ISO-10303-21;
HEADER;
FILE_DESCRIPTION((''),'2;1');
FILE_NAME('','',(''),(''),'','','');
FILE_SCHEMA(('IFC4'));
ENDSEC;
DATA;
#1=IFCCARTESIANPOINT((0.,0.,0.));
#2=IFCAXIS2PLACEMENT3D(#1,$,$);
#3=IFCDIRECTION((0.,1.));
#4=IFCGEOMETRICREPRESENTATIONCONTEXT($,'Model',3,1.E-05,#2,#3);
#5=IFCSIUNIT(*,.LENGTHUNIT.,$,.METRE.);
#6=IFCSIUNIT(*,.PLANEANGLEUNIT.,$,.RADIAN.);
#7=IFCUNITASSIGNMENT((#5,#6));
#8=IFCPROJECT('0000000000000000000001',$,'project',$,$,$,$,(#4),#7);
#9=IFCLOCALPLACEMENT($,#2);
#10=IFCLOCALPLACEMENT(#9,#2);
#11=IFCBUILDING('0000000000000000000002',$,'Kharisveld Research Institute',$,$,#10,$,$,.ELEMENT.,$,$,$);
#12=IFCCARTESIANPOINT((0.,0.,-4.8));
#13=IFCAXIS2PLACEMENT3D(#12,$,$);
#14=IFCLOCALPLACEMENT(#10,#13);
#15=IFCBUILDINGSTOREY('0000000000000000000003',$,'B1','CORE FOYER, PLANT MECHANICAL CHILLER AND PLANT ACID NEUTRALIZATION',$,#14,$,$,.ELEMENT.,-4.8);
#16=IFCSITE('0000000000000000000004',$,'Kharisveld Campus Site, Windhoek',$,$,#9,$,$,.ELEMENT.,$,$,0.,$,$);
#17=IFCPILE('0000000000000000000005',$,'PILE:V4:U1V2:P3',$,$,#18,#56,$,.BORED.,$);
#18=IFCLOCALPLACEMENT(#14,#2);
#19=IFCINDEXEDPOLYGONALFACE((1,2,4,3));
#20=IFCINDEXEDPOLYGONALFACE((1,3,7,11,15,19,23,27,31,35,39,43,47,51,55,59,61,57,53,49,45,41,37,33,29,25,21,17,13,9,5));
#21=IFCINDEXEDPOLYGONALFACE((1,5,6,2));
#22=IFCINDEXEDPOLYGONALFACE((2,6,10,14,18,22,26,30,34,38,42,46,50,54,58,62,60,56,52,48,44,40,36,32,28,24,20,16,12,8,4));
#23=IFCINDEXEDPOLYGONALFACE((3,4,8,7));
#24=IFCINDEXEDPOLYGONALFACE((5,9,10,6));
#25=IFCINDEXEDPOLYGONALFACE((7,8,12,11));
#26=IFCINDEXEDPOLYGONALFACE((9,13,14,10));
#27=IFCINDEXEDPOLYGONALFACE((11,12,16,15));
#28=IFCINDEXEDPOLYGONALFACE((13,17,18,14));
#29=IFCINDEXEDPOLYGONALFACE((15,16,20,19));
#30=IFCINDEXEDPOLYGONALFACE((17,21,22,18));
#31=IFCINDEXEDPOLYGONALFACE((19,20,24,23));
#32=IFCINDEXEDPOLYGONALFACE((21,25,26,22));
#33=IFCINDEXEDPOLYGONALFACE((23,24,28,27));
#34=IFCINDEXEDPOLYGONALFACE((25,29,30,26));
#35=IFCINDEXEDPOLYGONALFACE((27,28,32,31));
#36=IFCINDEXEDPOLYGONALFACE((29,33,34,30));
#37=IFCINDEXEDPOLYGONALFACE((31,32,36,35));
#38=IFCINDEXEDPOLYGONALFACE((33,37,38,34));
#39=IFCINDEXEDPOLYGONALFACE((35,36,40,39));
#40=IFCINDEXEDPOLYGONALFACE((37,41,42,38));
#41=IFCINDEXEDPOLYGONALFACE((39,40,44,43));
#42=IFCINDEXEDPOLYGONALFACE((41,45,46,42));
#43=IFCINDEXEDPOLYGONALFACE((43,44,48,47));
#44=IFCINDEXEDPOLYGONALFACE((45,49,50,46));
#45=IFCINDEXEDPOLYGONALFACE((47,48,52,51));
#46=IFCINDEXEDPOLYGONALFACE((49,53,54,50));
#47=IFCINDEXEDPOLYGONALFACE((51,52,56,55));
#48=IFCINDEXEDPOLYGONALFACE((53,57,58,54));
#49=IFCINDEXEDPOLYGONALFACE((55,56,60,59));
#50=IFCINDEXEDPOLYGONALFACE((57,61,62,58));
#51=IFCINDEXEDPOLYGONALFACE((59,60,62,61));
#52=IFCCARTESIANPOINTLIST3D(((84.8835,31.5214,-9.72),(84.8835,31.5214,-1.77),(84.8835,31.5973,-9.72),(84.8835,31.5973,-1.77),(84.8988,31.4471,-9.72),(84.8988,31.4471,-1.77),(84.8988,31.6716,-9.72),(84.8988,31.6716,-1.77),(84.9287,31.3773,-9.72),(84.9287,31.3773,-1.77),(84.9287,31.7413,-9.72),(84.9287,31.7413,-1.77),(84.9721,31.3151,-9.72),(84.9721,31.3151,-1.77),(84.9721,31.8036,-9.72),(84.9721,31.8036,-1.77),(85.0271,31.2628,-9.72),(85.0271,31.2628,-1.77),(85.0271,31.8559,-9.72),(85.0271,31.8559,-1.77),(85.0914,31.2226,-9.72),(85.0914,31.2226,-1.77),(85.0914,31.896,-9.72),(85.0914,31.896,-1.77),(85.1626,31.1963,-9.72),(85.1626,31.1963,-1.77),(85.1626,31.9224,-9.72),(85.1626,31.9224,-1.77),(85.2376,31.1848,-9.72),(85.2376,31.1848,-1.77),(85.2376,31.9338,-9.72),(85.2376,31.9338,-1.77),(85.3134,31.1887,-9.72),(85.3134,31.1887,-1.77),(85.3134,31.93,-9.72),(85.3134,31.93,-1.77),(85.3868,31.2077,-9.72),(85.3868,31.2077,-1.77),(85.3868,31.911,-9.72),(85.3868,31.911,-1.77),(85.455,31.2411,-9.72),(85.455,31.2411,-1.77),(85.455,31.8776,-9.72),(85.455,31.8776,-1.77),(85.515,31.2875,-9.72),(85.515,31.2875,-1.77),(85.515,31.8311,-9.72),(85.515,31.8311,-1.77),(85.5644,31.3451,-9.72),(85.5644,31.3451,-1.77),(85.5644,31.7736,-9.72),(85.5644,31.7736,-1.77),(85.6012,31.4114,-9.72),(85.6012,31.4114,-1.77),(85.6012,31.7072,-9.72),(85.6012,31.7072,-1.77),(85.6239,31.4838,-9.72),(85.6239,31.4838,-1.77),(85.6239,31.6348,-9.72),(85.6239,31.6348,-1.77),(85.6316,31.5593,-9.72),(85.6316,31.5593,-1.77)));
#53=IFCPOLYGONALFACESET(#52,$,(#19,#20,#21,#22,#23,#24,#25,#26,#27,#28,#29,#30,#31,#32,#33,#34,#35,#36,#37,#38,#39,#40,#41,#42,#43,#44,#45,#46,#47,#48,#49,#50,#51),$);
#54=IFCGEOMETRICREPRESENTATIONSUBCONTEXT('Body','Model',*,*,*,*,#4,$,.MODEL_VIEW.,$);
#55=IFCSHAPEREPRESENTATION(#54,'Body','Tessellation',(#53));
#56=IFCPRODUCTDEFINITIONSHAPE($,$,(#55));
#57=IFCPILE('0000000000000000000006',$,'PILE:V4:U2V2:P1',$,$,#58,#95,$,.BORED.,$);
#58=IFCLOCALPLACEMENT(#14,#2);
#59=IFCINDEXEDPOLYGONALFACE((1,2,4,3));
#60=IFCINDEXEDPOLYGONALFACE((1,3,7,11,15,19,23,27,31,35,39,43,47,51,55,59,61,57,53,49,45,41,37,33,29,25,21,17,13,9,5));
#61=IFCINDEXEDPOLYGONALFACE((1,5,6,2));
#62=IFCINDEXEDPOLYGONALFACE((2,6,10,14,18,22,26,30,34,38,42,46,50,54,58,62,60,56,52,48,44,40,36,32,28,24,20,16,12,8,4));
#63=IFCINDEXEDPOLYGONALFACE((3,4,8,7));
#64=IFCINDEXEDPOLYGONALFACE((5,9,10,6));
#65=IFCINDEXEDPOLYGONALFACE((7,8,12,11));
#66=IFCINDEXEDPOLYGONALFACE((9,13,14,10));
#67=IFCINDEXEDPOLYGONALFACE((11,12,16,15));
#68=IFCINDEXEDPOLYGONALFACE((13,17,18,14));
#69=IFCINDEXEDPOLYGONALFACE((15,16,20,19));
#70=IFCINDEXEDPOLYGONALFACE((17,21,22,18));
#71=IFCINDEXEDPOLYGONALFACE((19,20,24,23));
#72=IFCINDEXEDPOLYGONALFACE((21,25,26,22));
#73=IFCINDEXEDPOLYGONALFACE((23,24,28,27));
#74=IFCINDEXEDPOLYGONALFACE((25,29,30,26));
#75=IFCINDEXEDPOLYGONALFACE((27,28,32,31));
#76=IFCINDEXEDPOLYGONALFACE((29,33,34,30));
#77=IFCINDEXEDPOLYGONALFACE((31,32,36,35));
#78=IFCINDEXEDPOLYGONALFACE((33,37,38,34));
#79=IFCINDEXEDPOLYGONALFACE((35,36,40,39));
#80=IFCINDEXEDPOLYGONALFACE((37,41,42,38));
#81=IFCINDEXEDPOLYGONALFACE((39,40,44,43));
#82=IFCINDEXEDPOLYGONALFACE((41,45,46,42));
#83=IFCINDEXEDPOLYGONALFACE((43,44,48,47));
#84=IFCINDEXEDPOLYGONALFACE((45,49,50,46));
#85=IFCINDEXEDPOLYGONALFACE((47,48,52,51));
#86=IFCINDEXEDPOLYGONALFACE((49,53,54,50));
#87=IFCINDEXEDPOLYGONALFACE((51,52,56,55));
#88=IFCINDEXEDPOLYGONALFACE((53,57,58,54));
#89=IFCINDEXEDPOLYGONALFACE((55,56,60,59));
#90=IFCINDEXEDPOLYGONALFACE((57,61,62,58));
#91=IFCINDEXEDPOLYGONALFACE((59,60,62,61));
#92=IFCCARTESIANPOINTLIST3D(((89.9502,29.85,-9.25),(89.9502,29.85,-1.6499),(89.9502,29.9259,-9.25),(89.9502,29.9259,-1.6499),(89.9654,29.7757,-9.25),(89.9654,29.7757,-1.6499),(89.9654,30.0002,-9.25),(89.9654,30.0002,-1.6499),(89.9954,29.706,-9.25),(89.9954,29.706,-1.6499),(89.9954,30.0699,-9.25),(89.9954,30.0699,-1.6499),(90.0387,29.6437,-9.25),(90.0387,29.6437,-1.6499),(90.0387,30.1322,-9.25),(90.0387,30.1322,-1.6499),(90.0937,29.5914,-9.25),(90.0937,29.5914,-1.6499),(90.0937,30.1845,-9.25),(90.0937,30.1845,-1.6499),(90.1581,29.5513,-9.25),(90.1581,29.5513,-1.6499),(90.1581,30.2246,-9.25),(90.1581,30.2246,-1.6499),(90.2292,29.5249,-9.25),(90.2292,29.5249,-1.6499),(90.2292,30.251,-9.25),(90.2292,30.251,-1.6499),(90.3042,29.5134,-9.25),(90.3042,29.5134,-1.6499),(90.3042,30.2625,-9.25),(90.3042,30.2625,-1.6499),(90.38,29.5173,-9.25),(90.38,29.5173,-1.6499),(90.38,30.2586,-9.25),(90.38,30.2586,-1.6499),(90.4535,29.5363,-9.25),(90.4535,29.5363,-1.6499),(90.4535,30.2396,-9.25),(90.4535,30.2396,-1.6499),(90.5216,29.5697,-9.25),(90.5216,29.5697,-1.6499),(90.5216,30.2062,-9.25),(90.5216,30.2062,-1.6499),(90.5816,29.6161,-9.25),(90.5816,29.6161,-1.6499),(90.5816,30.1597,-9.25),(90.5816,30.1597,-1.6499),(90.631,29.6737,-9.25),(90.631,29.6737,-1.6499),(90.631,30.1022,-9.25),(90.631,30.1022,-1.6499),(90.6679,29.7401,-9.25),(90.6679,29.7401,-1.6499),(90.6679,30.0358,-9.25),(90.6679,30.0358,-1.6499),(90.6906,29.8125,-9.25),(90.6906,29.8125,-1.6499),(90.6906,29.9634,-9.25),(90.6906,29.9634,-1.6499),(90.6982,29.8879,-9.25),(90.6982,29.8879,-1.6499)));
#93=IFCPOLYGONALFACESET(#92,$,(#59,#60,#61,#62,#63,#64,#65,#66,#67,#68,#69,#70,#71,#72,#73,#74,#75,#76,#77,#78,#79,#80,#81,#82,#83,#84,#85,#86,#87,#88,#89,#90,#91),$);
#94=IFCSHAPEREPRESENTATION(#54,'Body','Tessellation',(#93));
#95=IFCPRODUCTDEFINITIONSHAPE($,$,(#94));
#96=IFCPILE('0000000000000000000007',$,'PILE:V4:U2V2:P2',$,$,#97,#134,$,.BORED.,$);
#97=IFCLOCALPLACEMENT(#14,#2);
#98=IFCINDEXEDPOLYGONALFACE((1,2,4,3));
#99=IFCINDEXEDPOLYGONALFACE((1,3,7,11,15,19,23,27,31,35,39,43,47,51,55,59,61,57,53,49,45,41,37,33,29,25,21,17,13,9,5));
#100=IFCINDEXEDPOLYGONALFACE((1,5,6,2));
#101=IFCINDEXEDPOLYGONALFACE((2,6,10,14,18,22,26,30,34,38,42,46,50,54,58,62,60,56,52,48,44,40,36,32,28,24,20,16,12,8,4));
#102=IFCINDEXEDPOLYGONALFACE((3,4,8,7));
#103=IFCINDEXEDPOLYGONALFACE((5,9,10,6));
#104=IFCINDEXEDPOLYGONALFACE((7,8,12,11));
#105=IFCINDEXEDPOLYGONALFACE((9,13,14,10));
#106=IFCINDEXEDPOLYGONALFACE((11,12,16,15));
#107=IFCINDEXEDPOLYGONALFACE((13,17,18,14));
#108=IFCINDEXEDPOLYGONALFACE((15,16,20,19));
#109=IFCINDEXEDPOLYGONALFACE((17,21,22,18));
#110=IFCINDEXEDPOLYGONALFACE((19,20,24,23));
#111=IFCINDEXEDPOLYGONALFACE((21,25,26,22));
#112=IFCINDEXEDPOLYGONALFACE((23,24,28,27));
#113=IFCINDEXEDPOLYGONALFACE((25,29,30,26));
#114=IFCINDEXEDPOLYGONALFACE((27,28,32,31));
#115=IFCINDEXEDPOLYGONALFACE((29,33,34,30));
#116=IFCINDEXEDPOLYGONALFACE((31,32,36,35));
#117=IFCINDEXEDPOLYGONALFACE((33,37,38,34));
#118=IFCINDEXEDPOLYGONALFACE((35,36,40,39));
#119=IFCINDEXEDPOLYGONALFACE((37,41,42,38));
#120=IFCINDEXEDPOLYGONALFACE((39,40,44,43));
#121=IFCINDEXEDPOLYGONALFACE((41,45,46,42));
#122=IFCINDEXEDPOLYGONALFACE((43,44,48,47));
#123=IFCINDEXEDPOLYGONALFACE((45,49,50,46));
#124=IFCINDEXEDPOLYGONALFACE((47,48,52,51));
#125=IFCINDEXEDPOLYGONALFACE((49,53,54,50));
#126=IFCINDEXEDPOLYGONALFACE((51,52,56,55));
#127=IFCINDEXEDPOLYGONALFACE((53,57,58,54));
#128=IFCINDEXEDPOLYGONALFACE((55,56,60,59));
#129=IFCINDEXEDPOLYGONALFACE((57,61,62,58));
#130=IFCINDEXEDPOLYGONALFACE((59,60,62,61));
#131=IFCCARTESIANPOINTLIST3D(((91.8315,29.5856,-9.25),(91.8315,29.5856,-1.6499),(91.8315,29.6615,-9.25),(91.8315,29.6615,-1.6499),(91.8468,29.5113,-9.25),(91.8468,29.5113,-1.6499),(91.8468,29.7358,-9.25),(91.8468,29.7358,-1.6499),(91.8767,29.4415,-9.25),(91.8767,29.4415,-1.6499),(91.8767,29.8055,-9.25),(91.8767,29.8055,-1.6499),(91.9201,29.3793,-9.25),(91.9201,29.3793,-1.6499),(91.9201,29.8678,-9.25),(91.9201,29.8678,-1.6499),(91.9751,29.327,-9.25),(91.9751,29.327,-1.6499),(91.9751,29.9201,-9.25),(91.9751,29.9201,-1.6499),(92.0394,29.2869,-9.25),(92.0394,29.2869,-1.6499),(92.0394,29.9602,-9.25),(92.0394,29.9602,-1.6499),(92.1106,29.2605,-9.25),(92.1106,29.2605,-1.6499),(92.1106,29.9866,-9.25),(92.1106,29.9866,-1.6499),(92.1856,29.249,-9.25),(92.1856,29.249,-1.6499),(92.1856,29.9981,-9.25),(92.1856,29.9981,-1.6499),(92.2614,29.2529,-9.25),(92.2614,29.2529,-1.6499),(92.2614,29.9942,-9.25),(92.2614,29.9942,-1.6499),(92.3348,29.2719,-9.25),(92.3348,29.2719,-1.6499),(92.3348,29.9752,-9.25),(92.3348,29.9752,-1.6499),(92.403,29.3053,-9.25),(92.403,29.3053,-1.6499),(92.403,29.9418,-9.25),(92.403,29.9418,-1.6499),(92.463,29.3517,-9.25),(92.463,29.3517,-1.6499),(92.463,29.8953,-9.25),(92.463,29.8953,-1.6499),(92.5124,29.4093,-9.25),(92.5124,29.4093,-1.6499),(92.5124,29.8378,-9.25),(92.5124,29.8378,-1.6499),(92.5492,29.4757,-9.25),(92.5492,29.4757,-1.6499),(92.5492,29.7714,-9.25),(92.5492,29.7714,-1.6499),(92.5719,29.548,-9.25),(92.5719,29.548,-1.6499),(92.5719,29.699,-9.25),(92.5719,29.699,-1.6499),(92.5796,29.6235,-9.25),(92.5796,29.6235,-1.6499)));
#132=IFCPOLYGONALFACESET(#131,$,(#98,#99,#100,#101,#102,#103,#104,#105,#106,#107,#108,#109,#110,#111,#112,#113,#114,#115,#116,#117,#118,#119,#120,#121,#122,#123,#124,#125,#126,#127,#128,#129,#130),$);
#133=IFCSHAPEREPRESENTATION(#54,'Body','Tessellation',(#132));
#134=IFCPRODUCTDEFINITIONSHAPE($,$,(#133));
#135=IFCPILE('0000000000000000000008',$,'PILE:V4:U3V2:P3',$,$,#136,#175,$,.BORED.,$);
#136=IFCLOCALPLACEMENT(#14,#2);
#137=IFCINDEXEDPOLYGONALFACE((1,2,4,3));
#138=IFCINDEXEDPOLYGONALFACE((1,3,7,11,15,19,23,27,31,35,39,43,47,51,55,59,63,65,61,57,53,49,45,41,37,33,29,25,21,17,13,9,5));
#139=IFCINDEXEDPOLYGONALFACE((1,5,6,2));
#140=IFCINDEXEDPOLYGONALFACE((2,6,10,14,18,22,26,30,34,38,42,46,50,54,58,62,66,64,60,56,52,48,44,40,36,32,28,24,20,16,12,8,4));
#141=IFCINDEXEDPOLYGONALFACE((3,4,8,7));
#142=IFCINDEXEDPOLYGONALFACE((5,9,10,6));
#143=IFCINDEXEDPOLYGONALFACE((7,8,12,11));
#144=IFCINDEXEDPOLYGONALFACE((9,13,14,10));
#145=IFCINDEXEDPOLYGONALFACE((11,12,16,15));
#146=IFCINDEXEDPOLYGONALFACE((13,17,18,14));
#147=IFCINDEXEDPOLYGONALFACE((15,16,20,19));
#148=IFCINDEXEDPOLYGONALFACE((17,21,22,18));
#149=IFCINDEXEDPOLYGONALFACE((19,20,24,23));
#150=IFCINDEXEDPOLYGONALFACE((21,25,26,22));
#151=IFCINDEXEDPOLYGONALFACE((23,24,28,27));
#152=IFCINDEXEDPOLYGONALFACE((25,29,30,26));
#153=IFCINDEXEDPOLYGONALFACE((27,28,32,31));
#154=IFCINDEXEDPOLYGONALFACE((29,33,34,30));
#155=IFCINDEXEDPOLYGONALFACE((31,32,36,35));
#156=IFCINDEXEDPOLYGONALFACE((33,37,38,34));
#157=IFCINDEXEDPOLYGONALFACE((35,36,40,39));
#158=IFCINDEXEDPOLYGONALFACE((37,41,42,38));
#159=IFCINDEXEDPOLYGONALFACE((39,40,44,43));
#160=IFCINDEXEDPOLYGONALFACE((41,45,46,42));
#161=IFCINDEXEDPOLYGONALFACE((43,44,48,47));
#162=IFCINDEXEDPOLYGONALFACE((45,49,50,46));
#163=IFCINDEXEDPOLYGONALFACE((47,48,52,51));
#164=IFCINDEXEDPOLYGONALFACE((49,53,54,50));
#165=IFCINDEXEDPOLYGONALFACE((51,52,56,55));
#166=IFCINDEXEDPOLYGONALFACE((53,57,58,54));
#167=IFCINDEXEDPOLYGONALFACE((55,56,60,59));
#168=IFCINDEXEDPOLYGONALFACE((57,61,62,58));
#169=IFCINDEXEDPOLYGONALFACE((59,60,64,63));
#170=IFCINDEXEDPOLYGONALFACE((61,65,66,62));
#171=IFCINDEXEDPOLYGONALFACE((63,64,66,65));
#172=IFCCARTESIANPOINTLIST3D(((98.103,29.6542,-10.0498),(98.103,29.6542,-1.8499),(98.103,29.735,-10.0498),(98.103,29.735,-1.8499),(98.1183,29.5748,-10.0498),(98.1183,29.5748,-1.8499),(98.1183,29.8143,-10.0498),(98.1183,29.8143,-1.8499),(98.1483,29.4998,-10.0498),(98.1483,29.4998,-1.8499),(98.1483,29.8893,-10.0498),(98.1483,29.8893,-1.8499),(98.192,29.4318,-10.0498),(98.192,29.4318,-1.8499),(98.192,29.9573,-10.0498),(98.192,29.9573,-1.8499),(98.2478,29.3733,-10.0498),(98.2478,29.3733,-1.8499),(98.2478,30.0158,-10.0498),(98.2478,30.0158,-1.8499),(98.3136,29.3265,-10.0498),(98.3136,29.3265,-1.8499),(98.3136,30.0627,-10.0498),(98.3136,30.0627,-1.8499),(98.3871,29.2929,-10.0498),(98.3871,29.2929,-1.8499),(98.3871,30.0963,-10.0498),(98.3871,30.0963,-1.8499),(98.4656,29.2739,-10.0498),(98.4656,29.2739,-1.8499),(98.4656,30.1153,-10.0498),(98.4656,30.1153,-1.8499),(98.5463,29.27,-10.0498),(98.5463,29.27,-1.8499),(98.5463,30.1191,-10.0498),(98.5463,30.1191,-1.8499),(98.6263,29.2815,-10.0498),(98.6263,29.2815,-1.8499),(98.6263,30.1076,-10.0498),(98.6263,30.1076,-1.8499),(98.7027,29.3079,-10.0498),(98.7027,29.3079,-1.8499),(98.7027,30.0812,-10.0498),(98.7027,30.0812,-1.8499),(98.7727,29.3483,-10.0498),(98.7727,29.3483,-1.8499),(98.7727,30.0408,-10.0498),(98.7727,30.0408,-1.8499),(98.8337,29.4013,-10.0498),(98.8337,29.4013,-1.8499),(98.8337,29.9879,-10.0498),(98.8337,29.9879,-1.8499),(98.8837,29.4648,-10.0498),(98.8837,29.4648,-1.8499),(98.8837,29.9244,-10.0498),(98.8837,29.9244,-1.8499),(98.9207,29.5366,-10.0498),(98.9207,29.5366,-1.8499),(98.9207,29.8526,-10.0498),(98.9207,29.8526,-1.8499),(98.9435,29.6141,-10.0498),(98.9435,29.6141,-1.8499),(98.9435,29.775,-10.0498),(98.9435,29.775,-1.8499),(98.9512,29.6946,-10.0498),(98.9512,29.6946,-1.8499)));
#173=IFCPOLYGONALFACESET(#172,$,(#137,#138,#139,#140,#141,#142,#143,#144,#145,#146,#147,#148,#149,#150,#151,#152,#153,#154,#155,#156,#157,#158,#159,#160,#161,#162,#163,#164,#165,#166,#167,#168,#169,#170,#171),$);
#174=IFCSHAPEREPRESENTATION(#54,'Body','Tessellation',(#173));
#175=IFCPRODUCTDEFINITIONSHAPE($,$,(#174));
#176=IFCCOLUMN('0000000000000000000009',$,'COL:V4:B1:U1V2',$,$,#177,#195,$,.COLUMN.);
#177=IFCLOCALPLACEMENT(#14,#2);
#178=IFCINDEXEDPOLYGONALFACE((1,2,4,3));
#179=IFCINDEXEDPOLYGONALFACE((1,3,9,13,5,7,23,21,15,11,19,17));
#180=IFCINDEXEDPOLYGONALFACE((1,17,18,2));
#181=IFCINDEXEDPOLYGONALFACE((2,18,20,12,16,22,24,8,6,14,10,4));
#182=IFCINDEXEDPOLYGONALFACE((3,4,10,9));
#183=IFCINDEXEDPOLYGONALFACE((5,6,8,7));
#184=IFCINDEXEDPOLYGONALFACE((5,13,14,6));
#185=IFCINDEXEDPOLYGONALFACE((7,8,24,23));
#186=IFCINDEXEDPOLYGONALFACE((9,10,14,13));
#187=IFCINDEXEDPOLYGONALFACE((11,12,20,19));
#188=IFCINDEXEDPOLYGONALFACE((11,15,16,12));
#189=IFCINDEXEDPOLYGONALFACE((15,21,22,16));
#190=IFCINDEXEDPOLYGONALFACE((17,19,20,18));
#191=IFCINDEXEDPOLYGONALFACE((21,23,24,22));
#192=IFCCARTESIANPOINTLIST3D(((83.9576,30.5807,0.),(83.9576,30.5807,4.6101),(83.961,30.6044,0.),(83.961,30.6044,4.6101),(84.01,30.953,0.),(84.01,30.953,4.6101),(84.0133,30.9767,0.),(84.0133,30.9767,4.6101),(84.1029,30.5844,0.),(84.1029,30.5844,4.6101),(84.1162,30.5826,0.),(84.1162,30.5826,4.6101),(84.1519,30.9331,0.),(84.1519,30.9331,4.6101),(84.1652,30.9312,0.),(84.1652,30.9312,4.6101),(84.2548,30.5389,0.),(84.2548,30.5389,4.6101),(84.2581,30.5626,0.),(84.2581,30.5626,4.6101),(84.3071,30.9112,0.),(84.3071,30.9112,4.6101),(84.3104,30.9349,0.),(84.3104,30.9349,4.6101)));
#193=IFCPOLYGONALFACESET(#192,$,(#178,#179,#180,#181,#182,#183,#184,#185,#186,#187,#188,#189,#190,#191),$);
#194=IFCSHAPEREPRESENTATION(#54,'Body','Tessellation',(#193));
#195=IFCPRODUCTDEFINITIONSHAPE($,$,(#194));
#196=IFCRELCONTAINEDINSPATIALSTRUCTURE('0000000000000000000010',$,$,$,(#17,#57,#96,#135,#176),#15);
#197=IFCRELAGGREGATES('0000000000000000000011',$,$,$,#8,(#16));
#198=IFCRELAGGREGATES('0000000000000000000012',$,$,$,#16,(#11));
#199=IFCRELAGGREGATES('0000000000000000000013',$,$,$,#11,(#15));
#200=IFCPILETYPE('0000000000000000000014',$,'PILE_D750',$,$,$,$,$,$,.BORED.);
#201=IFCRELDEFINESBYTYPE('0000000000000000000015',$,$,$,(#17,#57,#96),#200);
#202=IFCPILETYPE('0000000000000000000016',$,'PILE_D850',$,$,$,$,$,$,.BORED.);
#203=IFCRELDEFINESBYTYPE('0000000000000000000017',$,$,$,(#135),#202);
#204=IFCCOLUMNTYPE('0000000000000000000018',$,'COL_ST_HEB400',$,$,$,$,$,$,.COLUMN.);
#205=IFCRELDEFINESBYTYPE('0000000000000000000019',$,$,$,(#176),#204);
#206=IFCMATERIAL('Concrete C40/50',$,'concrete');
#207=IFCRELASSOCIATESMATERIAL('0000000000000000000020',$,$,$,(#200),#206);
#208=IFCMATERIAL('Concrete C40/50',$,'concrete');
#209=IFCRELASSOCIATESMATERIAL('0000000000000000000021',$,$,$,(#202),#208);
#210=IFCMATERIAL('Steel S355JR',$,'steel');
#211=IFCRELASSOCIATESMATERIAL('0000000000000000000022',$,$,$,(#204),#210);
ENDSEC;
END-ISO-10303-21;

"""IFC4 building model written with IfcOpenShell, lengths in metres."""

from ifc_helpers import new_model, si_unit, direction, frame, origin, origin_2d, place, context, subcontext, project, spatial, circle, i_section, extrude, material, material_profile, profile_set, type_object, element, save


model = new_model("IFC4")

# Units and contexts
model_context = context("Model", 3, precision=1e-05, world=origin(), true_north=direction((0.0, 1.0)))
body_context = subcontext(model_context, "Body", "Model", "MODEL_VIEW")
ifc_project = project(units=[si_unit("LENGTHUNIT", "METRE"), si_unit("PLANEANGLEUNIT", "RADIAN")], contexts=[model_context])

# Site, building, storey
site_placement = place(None, origin())
site = spatial("IfcSite", under=ifc_project, at=site_placement, Name="Kharisveld Campus Site, Windhoek", CompositionType="ELEMENT", RefElevation=0.0)
building_placement = place(site_placement, origin())
building = spatial("IfcBuilding", under=site, at=building_placement, Name="Kharisveld Research Institute", CompositionType="ELEMENT")
storey_placement = place(building_placement, frame((0.0, 0.0, -4.8)))
storey = spatial("IfcBuildingStorey", under=building, at=storey_placement, Name="B1", Description="CORE FOYER, PLANT MECHANICAL CHILLER AND PLANT ACID NEUTRALIZATION", CompositionType="ELEMENT", Elevation=-4.8)

# Piles
ifc_material_1 = material(Name="Concrete C40/50", Category="concrete")
ifc_material_profile_1 = material_profile(ifc_material_1, circle(Radius=0.375, at=origin_2d()))
ifc_profile_set_1 = profile_set([ifc_material_profile_1], Name="Concrete C40/50")
pile_type_1 = type_object("IfcPileType", Name="PILE_D750", PredefinedType="BORED", material=ifc_profile_set_1)
for number, where, z_axis, x_axis, name in (
    (1, (85.2566, 31.5593, -1.77), (0.0, 0.0, -1.0), (1.0, 0.0, 0.0), "PILE:V4:U1V2:P3"),
):
    element("IfcPile", number, at=place(storey_placement, frame(where, z_axis=z_axis, x_axis=x_axis)), inside=storey, type_object=pile_type_1, Name=name, PredefinedType="BORED", context=body_context, shape_type="SweptSolid", body=[
        extrude(circle(Radius=0.375, at=origin_2d()), origin(), (0.0, 0.0, 1.0), 7.95),
    ])
for number, where, z_axis, x_axis, name in (
    (2, (90.3232, 29.8879, -1.6499), (0.0, 0.0, -1.0), (1.0, 0.0, 0.0), "PILE:V4:U2V2:P1"),
    (3, (92.2046, 29.6235, -1.6499), (0.0, 0.0, -1.0), (1.0, 0.0, 0.0), "PILE:V4:U2V2:P2"),
):
    element("IfcPile", number, at=place(storey_placement, frame(where, z_axis=z_axis, x_axis=x_axis)), inside=storey, type_object=pile_type_1, Name=name, PredefinedType="BORED", context=body_context, shape_type="SweptSolid", body=[
        extrude(circle(Radius=0.375, at=origin_2d()), origin(), (0.0, 0.0, 1.0), 7.6001),
    ])
ifc_material_2 = material(Name="Concrete C40/50", Category="concrete")
ifc_material_profile_2 = material_profile(ifc_material_2, circle(Radius=0.425, at=origin_2d()))
ifc_profile_set_2 = profile_set([ifc_material_profile_2], Name="Concrete C40/50")
pile_type_2 = type_object("IfcPileType", Name="PILE_D850", PredefinedType="BORED", material=ifc_profile_set_2)
pile_placement = place(storey_placement, frame((98.5261, 29.6946, -1.8499), z_axis=(0.0, 0.0, -1.0), x_axis=(1.0, 0.0, 0.0)))
element("IfcPile", 4, at=pile_placement, inside=storey, type_object=pile_type_2, Name="PILE:V4:U3V2:P3", PredefinedType="BORED", context=body_context, shape_type="SweptSolid", body=[
    extrude(circle(Radius=0.425, at=origin_2d()), origin(), (0.0, 0.0, 1.0), 8.2),
])

# Column
ifc_material_3 = material(Name="Steel S355JR", Category="steel")
ifc_material_profile_3 = material_profile(ifc_material_3, i_section(OverallWidth=0.3, OverallDepth=0.3999, WebThickness=0.0134, FlangeThickness=0.0239, at=origin_2d()))
ifc_profile_set_3 = profile_set([ifc_material_profile_3], Name="Steel S355JR")
column_type = type_object("IfcColumnType", Name="COL_ST_HEB400", PredefinedType="COLUMN", material=ifc_profile_set_3)
for number, where, z_axis, x_axis, name in (
    (5, (84.134, 30.7578, 0.0), (0.0, 0.0, 1.0), (0.990268, -0.139173, 0.0), "COL:V4:B1:U1V2"),
):
    element("IfcColumn", number, at=place(storey_placement, frame(where, z_axis=z_axis, x_axis=x_axis)), inside=storey, type_object=column_type, Name=name, PredefinedType="COLUMN", context=body_context, shape_type="SweptSolid", body=[
        extrude(i_section(OverallWidth=0.3, OverallDepth=0.3999, WebThickness=0.0134, FlangeThickness=0.0239, at=origin_2d()), origin(), (0.0, 0.0, 1.0), 4.6101),
    ])

save(model, "model.ifc")
